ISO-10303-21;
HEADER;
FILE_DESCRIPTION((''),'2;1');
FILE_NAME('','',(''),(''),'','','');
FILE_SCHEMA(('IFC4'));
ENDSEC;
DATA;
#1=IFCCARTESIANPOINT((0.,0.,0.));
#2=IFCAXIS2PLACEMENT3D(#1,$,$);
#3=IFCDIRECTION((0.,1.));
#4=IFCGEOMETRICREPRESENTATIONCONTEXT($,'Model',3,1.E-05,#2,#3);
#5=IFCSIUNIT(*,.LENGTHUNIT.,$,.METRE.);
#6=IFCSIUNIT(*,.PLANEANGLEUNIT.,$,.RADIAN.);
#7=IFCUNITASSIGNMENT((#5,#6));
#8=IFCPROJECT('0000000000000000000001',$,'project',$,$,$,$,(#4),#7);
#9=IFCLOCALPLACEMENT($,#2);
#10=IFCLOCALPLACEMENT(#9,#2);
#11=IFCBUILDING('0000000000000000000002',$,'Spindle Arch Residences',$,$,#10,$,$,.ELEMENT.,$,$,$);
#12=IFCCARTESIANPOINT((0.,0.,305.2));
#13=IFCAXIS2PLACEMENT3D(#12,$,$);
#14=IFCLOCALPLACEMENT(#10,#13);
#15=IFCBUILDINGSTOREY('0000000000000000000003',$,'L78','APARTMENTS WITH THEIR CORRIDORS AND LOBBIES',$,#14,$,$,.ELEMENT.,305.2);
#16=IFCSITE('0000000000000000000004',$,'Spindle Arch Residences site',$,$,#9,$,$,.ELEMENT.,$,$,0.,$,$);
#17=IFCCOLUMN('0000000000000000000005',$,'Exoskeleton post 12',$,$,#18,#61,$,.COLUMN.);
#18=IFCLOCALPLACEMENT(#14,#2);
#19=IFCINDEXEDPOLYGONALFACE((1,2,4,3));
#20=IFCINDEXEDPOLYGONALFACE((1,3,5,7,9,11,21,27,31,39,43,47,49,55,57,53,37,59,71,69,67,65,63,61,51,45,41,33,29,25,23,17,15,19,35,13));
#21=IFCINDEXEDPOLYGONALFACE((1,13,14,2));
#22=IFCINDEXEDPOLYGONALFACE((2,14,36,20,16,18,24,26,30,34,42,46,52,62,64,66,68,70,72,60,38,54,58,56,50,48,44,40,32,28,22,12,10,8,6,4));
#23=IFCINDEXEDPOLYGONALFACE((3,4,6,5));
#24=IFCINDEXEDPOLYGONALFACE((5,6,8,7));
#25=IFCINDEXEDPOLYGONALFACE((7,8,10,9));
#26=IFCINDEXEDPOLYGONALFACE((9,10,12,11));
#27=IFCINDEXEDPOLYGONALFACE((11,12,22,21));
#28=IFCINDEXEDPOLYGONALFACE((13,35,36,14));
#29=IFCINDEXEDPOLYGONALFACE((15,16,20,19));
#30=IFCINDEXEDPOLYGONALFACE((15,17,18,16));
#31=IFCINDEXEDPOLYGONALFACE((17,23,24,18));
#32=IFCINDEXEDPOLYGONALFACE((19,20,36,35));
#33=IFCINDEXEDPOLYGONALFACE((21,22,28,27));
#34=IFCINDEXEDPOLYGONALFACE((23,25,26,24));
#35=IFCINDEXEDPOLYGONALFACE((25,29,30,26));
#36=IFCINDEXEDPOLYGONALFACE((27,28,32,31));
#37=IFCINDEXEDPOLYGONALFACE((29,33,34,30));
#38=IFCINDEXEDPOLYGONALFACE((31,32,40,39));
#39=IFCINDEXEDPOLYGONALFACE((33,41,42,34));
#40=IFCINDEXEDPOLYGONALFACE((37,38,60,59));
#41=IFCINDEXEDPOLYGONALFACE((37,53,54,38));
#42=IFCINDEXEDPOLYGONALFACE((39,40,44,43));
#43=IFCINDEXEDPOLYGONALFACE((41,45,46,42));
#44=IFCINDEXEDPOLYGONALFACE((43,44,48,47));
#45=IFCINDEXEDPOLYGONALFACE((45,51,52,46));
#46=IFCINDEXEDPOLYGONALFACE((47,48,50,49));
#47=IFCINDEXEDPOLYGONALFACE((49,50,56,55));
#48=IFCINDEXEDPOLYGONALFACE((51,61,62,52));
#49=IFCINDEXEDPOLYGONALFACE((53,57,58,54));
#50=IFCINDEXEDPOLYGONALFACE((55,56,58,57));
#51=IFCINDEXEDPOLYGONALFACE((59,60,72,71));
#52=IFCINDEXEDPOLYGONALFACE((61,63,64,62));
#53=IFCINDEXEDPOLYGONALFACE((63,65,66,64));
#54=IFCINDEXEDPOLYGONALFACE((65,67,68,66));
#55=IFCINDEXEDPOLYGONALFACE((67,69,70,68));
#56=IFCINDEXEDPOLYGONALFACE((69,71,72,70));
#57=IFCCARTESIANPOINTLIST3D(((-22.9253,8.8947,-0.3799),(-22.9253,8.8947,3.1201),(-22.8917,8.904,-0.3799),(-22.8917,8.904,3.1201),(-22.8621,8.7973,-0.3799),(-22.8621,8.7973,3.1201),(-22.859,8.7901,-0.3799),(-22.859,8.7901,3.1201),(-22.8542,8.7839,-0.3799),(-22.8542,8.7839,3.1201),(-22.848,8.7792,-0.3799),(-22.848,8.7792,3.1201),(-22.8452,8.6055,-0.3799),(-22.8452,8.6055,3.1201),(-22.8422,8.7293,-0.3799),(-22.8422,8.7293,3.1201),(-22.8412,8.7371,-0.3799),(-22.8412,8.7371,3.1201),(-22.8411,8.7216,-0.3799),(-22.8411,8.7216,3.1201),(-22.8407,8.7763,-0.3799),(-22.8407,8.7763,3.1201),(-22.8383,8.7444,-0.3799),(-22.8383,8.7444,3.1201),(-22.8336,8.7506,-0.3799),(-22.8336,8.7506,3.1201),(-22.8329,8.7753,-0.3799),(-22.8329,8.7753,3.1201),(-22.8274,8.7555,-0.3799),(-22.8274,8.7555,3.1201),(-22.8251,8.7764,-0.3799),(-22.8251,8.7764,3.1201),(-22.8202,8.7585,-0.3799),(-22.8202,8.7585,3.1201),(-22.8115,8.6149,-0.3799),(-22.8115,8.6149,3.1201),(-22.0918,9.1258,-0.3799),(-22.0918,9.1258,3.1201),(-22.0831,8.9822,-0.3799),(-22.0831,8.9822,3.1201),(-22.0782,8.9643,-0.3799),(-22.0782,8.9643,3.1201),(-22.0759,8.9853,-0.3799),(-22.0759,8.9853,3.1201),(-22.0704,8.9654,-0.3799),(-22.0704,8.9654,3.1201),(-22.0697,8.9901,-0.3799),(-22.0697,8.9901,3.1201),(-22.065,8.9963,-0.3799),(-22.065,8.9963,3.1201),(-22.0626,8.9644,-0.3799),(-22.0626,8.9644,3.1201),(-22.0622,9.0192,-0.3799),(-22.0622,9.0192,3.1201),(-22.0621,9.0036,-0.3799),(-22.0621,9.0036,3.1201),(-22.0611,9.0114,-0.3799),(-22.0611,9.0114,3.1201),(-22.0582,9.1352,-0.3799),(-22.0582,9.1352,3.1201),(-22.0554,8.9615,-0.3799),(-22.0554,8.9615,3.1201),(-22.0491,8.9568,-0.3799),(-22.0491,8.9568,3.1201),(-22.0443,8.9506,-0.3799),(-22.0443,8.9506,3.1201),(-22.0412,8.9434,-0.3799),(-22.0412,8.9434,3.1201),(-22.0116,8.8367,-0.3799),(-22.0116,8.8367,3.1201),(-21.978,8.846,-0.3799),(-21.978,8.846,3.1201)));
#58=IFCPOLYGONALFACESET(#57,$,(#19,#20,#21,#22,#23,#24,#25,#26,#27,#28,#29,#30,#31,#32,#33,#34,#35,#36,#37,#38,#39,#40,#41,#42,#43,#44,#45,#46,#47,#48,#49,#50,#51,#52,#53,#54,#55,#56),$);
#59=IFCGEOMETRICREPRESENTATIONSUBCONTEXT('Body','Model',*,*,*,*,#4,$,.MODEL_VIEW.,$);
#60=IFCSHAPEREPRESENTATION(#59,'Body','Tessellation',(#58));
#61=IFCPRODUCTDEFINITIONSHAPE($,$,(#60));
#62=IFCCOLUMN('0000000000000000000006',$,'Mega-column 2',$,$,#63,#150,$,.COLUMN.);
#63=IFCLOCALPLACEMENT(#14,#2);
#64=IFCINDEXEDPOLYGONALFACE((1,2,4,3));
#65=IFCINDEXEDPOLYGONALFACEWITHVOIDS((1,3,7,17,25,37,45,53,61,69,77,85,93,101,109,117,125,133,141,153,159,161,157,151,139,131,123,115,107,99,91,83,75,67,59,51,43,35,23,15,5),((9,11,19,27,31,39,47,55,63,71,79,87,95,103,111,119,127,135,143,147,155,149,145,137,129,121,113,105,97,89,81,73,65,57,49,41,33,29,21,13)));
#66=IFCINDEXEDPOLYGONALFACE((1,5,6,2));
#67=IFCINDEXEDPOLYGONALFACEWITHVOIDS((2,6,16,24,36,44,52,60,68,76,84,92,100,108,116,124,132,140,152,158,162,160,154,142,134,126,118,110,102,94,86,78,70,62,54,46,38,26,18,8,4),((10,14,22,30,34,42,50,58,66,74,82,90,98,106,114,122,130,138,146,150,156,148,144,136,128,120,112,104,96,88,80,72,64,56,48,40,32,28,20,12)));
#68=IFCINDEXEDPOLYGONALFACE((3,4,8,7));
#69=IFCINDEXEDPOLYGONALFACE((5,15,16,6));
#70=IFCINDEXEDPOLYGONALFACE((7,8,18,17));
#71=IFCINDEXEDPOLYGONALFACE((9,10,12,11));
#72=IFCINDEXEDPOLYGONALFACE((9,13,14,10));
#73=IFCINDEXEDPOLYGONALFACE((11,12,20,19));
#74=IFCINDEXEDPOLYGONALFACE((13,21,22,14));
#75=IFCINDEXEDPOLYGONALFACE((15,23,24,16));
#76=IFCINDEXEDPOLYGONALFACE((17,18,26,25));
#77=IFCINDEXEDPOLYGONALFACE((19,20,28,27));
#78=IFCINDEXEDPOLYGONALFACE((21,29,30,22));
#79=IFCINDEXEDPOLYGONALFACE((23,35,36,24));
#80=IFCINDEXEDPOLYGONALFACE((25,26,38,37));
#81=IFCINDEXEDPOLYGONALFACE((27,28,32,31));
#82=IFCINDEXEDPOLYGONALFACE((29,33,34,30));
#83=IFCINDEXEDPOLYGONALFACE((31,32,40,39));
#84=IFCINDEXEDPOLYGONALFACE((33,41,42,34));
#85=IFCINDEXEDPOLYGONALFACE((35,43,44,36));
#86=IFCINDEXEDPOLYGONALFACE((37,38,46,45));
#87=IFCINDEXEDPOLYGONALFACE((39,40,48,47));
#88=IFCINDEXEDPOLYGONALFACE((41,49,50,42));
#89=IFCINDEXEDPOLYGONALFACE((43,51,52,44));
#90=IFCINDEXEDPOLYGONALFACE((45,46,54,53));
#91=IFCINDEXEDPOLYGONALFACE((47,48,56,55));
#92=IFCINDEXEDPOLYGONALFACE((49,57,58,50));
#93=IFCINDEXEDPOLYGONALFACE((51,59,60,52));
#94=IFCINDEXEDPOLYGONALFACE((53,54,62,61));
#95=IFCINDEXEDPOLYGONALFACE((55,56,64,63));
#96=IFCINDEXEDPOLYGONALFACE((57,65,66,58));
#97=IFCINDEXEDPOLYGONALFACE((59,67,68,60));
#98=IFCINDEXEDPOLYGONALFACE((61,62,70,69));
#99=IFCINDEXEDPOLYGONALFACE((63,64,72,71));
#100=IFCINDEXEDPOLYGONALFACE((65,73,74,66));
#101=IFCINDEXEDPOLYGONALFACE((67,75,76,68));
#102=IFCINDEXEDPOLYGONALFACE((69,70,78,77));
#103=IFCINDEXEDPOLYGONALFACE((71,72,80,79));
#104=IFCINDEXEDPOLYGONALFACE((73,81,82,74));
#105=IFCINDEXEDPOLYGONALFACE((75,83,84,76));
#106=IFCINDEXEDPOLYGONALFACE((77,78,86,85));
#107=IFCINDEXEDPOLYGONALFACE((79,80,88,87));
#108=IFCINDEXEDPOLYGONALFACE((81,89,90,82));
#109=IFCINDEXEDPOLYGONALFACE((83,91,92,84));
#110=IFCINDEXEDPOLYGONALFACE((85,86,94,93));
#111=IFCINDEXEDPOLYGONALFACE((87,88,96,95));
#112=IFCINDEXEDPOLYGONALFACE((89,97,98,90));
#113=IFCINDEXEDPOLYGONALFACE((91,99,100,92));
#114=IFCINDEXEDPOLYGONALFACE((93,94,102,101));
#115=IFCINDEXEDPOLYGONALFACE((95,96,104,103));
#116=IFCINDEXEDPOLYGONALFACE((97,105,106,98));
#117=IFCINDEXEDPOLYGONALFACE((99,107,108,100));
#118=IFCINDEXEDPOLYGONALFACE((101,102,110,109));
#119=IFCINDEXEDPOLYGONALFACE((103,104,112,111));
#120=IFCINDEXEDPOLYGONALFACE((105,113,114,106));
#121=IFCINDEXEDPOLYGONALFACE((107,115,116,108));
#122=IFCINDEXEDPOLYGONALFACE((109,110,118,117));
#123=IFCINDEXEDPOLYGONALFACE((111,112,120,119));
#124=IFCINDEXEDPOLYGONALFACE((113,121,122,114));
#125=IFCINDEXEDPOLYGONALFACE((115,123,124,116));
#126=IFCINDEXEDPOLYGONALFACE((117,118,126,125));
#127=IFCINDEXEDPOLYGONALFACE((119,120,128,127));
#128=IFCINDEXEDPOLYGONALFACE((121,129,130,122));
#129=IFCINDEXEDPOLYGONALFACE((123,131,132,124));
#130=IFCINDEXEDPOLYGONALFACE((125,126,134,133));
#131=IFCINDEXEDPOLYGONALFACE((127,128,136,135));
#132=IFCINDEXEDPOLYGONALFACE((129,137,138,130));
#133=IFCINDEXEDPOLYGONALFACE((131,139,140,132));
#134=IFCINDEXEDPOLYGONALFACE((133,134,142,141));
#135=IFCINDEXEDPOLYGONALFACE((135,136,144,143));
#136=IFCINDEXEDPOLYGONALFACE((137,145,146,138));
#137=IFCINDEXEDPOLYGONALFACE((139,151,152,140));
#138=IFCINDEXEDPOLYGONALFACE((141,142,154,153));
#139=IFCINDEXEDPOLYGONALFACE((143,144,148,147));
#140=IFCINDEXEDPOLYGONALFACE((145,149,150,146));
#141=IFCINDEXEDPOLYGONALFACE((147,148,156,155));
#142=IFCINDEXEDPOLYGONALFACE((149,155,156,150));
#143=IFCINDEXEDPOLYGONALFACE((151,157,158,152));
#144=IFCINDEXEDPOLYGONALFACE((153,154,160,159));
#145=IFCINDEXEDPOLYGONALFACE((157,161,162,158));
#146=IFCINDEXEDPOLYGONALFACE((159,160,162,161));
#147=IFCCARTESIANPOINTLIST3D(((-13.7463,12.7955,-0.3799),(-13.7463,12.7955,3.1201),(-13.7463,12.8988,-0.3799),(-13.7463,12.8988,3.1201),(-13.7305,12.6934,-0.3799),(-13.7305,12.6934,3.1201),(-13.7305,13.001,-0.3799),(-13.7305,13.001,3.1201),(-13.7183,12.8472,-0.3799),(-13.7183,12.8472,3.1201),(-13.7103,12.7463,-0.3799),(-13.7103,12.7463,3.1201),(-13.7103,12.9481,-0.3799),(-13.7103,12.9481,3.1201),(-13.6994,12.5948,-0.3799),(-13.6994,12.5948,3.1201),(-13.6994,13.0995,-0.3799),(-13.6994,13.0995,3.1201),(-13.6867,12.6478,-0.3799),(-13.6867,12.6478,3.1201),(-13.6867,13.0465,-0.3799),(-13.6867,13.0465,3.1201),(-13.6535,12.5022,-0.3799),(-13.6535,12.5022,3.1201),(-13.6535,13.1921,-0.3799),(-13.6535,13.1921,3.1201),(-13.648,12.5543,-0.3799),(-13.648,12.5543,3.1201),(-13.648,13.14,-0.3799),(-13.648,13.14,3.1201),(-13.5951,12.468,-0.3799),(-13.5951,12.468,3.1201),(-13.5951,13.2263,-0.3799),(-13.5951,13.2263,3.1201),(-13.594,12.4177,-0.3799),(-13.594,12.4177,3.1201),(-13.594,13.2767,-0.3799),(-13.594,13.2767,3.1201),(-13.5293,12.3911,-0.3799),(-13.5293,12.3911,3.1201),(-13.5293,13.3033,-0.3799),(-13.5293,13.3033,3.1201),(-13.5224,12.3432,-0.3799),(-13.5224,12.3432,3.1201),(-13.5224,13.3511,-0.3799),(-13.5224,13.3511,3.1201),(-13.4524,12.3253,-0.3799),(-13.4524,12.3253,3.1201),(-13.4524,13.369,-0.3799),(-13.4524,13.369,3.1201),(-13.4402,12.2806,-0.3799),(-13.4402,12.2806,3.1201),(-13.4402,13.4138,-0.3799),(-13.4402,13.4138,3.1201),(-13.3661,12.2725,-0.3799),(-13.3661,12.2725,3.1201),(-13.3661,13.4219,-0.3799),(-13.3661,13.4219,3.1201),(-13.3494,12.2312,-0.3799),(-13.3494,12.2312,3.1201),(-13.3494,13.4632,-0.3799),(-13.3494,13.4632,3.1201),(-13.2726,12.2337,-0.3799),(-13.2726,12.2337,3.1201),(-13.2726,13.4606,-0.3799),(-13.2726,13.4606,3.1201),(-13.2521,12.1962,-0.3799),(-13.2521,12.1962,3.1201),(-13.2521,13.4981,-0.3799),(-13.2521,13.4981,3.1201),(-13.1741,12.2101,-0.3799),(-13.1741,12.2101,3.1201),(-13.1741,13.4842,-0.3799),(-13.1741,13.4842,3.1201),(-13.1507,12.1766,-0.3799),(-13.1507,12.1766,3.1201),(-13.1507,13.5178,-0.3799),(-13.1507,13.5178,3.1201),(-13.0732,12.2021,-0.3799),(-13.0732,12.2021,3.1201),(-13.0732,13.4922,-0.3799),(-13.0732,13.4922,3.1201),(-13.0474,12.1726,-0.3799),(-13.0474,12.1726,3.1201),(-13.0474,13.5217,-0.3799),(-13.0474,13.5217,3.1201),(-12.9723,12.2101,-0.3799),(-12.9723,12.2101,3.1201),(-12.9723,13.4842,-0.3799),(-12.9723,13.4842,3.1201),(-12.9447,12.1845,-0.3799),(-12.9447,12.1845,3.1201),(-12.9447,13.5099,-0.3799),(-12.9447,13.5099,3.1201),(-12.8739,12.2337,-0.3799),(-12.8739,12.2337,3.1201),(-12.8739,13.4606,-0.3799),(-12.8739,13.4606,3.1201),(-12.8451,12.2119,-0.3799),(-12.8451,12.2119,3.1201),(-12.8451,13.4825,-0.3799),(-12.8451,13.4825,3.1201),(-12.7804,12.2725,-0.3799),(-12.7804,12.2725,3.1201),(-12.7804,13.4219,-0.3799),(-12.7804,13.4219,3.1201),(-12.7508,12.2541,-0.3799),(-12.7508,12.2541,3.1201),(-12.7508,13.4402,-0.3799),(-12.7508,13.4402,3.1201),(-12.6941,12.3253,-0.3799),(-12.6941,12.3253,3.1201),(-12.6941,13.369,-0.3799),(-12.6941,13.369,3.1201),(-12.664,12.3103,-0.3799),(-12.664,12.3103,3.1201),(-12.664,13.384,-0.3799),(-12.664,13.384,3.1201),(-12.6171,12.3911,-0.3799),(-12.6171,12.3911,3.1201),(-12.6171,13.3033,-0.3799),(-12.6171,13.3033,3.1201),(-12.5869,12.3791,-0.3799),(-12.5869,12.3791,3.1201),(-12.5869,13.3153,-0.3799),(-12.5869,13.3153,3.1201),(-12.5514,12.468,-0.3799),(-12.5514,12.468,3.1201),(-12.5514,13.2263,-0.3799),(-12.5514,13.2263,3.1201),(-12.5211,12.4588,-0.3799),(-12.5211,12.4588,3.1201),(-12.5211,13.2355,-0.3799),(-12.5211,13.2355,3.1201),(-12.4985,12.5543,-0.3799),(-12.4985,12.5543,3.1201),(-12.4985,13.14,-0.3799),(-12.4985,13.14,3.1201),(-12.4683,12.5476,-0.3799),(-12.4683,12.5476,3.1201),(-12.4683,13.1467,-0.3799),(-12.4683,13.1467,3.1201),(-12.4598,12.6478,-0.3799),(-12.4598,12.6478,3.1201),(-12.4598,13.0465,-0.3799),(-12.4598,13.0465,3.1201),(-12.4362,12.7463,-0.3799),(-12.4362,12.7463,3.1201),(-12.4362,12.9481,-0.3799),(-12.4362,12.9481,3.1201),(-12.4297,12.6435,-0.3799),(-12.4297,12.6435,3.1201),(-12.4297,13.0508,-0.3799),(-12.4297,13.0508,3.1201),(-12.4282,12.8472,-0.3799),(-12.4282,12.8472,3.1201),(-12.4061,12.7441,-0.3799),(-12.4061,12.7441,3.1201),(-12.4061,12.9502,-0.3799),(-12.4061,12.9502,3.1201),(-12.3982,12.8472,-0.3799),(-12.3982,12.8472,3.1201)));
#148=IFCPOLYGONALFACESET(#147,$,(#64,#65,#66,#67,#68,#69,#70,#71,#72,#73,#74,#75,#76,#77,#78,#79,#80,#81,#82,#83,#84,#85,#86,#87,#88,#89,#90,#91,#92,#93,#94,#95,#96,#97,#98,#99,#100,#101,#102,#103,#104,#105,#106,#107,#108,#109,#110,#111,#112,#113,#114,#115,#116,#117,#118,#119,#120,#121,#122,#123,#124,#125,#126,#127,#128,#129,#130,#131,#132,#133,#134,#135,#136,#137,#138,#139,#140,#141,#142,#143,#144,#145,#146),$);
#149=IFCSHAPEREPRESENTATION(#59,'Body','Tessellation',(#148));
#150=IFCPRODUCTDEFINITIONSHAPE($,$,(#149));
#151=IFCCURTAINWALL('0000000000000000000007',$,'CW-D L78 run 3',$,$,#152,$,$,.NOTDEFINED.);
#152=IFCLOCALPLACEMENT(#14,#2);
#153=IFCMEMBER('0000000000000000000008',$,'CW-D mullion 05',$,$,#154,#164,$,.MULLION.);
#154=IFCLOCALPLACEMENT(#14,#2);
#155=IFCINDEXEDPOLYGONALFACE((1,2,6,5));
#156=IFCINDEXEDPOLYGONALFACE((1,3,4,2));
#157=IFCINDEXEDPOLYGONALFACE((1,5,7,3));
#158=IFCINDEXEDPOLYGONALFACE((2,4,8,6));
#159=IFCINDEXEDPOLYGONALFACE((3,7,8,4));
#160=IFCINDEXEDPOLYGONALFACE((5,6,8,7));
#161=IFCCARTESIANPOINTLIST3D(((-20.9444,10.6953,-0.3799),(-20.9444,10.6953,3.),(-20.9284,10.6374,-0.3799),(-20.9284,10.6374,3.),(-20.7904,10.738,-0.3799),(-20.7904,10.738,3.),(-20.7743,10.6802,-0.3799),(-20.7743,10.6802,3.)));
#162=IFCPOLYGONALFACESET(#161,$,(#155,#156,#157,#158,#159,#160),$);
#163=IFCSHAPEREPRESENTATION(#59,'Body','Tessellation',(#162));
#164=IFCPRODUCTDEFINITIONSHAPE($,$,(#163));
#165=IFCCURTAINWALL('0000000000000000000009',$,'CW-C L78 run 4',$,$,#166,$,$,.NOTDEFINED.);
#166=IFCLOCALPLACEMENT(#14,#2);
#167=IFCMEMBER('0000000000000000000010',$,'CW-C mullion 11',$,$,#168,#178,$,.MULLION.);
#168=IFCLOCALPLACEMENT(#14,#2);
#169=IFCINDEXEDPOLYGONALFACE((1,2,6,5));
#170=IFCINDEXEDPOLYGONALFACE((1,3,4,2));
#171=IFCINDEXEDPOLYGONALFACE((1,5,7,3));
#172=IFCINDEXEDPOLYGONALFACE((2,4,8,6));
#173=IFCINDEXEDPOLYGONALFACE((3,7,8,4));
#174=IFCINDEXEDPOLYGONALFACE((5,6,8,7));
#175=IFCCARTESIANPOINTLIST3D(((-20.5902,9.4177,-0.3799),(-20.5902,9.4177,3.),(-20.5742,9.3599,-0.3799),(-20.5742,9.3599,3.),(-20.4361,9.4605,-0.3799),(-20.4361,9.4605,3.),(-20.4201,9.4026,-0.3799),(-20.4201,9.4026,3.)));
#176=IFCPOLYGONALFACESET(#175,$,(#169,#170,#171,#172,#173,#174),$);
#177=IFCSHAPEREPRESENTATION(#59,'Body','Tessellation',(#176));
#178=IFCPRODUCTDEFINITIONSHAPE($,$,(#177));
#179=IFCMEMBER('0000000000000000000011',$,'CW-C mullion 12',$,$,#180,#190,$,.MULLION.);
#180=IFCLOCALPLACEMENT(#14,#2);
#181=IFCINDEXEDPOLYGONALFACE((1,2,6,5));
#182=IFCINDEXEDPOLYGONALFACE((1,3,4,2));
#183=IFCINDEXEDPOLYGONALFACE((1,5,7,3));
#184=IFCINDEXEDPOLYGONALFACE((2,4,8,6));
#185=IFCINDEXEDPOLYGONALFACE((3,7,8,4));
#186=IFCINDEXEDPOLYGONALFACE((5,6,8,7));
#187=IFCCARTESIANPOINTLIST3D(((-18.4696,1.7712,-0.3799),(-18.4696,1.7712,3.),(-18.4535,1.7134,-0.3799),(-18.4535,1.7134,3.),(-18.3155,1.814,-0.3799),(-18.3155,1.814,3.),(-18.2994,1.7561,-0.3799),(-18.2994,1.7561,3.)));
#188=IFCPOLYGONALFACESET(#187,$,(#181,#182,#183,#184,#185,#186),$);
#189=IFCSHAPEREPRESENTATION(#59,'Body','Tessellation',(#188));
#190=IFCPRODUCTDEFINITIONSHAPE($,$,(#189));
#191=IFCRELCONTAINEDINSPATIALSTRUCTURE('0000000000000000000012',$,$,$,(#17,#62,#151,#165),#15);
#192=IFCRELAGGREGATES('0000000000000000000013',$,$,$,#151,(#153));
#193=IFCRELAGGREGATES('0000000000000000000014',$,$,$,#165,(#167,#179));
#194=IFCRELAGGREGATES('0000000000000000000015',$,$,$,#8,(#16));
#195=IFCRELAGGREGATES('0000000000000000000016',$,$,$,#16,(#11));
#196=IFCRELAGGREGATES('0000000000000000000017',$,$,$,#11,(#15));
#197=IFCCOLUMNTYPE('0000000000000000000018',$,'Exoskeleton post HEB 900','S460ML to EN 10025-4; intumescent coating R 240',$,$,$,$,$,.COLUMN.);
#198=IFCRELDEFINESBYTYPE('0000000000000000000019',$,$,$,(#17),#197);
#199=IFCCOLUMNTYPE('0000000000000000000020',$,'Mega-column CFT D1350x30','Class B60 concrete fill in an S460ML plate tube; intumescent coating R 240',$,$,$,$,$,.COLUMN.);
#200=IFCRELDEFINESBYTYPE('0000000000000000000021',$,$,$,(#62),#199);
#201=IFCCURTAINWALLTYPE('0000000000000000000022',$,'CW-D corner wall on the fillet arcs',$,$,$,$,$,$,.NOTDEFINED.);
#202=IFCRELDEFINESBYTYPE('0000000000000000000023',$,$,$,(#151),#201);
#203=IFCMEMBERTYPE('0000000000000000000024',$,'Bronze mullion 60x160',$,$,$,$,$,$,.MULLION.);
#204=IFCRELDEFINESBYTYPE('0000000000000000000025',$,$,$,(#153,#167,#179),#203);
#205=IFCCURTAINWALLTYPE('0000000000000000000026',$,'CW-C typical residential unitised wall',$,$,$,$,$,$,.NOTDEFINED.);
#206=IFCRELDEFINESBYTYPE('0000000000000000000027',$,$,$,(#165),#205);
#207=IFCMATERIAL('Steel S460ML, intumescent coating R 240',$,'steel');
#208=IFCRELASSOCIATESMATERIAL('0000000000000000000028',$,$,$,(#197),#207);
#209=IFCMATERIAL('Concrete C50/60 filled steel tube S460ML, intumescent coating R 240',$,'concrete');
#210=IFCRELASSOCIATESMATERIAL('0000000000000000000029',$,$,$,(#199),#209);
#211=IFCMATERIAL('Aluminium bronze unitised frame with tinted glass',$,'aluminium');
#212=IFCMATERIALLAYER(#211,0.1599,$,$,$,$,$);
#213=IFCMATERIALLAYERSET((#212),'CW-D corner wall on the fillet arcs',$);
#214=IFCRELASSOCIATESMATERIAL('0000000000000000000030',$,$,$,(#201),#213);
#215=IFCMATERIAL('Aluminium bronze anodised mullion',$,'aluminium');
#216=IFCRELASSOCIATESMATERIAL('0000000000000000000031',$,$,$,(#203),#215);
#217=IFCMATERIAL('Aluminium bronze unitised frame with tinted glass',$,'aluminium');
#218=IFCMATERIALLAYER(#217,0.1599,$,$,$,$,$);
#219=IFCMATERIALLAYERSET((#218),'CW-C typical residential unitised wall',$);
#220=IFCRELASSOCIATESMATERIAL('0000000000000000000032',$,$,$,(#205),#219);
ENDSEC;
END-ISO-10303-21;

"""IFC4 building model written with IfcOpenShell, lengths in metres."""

from ifc_helpers import new_model, si_unit, direction, frame, origin, origin_2d, place, context, subcontext, project, spatial, rectangle, hollow_circle, i_section, extrude, material, layer, layer_set, material_profile, profile_set, type_object, element, aggregate, save


model = new_model("IFC4")

# Units and contexts
model_context = context("Model", 3, precision=1e-05, world=origin(), true_north=direction((0.0, 1.0)))
body_context = subcontext(model_context, "Body", "Model", "MODEL_VIEW")
ifc_project = project(units=[si_unit("LENGTHUNIT", "METRE"), si_unit("PLANEANGLEUNIT", "RADIAN")], contexts=[model_context])

# Site, building, storey
site_placement = place(None, origin())
site = spatial("IfcSite", under=ifc_project, at=site_placement, Name="Spindle Arch Residences site", CompositionType="ELEMENT", RefElevation=0.0)
building_placement = place(site_placement, origin())
building = spatial("IfcBuilding", under=site, at=building_placement, Name="Spindle Arch Residences", CompositionType="ELEMENT")
storey_placement = place(building_placement, frame((0.0, 0.0, 305.2)))
storey = spatial("IfcBuildingStorey", under=building, at=storey_placement, Name="L78", Description="APARTMENTS WITH THEIR CORRIDORS AND LOBBIES", CompositionType="ELEMENT", Elevation=305.2)

# Columns
ifc_material_1 = material(Name="Steel S460ML, intumescent coating R 240", Category="steel")
ifc_material_profile_1 = material_profile(ifc_material_1, i_section(OverallWidth=0.3, OverallDepth=0.8999, WebThickness=0.0186, FlangeThickness=0.0349, FilletRadius=0.03, at=origin_2d()), Name="HEB 900")
ifc_profile_set_1 = profile_set([ifc_material_profile_1], Name="Steel S460ML, intumescent coating R 240")
column_type_1 = type_object("IfcColumnType", Name="Exoskeleton post HEB 900", Description="S460ML to EN 10025-4; intumescent coating R 240", PredefinedType="COLUMN", material=ifc_profile_set_1)
column_1_placement = place(storey_placement, frame((-22.4517, 8.8704, -0.3799), z_axis=(0.0, 0.0, 1.0), x_axis=(-0.267238, 0.963631, 0.0)))
element("IfcColumn", 1, at=column_1_placement, inside=storey, type_object=column_type_1, Name="Exoskeleton post 12", PredefinedType="COLUMN", context=body_context, shape_type="SweptSolid", body=[
    extrude(i_section(OverallWidth=0.3, OverallDepth=0.8999, WebThickness=0.0186, FlangeThickness=0.0349, FilletRadius=0.03, at=origin_2d()), origin(), (0.0, 0.0, 1.0), 3.5),
])
ifc_material_2 = material(Name="Concrete C50/60 filled steel tube S460ML, intumescent coating R 240", Category="concrete")
ifc_material_profile_2 = material_profile(ifc_material_2, hollow_circle(Radius=0.675, WallThickness=0.03, at=origin_2d()), Name="CFT D1350x30")
ifc_profile_set_2 = profile_set([ifc_material_profile_2], Name="Concrete C50/60 filled steel tube S460ML, intumescent coating R 240")
column_type_2 = type_object("IfcColumnType", Name="Mega-column CFT D1350x30", Description="Class B60 concrete fill in an S460ML plate tube; intumescent coating R 240", PredefinedType="COLUMN", material=ifc_profile_set_2)
column_2_placement = place(storey_placement, frame((-13.0732, 12.8472, -0.3799), z_axis=(0.0, 0.0, 1.0), x_axis=(1.0, 0.0, 0.0)))
element("IfcColumn", 2, at=column_2_placement, inside=storey, type_object=column_type_2, Name="Mega-column 2", PredefinedType="COLUMN", context=body_context, shape_type="SweptSolid", body=[
    extrude(hollow_circle(Radius=0.675, WallThickness=0.03, at=origin_2d()), origin(), (0.0, 0.0, 1.0), 3.5),
])

# Curtain wall, member
ifc_material_3 = material(Name="Aluminium bronze unitised frame with tinted glass", Category="aluminium")
ifc_layer_1 = layer(ifc_material_3, 0.1599)
ifc_layer_set_1 = layer_set([ifc_layer_1], Name="CW-D corner wall on the fillet arcs")
curtain_wall_type_1 = type_object("IfcCurtainWallType", Name="CW-D corner wall on the fillet arcs", PredefinedType="NOTDEFINED", material=ifc_layer_set_1)
curtain_wall_1_placement = place(storey_placement, origin())
curtain_wall_1 = element("IfcCurtainWall", 3, at=curtain_wall_1_placement, inside=storey, type_object=curtain_wall_type_1, Name="CW-D L78 run 3", PredefinedType="NOTDEFINED")
ifc_material_4 = material(Name="Aluminium bronze anodised mullion", Category="aluminium")
ifc_material_profile_3 = material_profile(ifc_material_4, rectangle(XDim=0.1599, YDim=0.0601, at=origin_2d()), Name="MU 60x160")
ifc_profile_set_3 = profile_set([ifc_material_profile_3], Name="Aluminium bronze anodised mullion")
member_type_1 = type_object("IfcMemberType", Name="Bronze mullion 60x160", PredefinedType="MULLION", material=ifc_profile_set_3)
member_1_placement = place(storey_placement, frame((-20.8594, 10.6877, -0.3799), z_axis=(0.0, 0.0, 1.0), x_axis=(0.96363, 0.267238, 0.0)))
member_1 = element("IfcMember", 4, at=member_1_placement, type_object=member_type_1, Name="CW-D mullion 05", PredefinedType="MULLION", context=body_context, shape_type="SweptSolid", body=[
    extrude(rectangle(XDim=0.1599, YDim=0.0601, at=origin_2d()), origin(), (0.0, 0.0, 1.0), 3.3799),
])

# Curtain wall, members
ifc_material_5 = material(Name="Aluminium bronze unitised frame with tinted glass", Category="aluminium")
ifc_layer_2 = layer(ifc_material_5, 0.1599)
ifc_layer_set_2 = layer_set([ifc_layer_2], Name="CW-C typical residential unitised wall")
curtain_wall_type_2 = type_object("IfcCurtainWallType", Name="CW-C typical residential unitised wall", PredefinedType="NOTDEFINED", material=ifc_layer_set_2)
curtain_wall_2_placement = place(storey_placement, origin())
curtain_wall_2 = element("IfcCurtainWall", 5, at=curtain_wall_2_placement, inside=storey, type_object=curtain_wall_type_2, Name="CW-C L78 run 4", PredefinedType="NOTDEFINED")
member_2_placement = place(storey_placement, frame((-20.5051, 9.4102, -0.3799), z_axis=(0.0, 0.0, 1.0), x_axis=(0.96363, 0.267238, 0.0)))
member_2 = element("IfcMember", 6, at=member_2_placement, type_object=member_type_1, Name="CW-C mullion 11", PredefinedType="MULLION", context=body_context, shape_type="SweptSolid", body=[
    extrude(rectangle(XDim=0.1599, YDim=0.0601, at=origin_2d()), origin(), (0.0, 0.0, 1.0), 3.3799),
])
member_3_placement = place(storey_placement, frame((-18.3845, 1.7637, -0.3799), z_axis=(0.0, 0.0, 1.0), x_axis=(0.96363, 0.267238, 0.0)))
member_3 = element("IfcMember", 7, at=member_3_placement, type_object=member_type_1, Name="CW-C mullion 12", PredefinedType="MULLION", context=body_context, shape_type="SweptSolid", body=[
    extrude(rectangle(XDim=0.1599, YDim=0.0601, at=origin_2d()), origin(), (0.0, 0.0, 1.0), 3.3799),
])

aggregate(curtain_wall_1, [member_1])
aggregate(curtain_wall_2, [member_2, member_3])

save(model, "model.ifc")
